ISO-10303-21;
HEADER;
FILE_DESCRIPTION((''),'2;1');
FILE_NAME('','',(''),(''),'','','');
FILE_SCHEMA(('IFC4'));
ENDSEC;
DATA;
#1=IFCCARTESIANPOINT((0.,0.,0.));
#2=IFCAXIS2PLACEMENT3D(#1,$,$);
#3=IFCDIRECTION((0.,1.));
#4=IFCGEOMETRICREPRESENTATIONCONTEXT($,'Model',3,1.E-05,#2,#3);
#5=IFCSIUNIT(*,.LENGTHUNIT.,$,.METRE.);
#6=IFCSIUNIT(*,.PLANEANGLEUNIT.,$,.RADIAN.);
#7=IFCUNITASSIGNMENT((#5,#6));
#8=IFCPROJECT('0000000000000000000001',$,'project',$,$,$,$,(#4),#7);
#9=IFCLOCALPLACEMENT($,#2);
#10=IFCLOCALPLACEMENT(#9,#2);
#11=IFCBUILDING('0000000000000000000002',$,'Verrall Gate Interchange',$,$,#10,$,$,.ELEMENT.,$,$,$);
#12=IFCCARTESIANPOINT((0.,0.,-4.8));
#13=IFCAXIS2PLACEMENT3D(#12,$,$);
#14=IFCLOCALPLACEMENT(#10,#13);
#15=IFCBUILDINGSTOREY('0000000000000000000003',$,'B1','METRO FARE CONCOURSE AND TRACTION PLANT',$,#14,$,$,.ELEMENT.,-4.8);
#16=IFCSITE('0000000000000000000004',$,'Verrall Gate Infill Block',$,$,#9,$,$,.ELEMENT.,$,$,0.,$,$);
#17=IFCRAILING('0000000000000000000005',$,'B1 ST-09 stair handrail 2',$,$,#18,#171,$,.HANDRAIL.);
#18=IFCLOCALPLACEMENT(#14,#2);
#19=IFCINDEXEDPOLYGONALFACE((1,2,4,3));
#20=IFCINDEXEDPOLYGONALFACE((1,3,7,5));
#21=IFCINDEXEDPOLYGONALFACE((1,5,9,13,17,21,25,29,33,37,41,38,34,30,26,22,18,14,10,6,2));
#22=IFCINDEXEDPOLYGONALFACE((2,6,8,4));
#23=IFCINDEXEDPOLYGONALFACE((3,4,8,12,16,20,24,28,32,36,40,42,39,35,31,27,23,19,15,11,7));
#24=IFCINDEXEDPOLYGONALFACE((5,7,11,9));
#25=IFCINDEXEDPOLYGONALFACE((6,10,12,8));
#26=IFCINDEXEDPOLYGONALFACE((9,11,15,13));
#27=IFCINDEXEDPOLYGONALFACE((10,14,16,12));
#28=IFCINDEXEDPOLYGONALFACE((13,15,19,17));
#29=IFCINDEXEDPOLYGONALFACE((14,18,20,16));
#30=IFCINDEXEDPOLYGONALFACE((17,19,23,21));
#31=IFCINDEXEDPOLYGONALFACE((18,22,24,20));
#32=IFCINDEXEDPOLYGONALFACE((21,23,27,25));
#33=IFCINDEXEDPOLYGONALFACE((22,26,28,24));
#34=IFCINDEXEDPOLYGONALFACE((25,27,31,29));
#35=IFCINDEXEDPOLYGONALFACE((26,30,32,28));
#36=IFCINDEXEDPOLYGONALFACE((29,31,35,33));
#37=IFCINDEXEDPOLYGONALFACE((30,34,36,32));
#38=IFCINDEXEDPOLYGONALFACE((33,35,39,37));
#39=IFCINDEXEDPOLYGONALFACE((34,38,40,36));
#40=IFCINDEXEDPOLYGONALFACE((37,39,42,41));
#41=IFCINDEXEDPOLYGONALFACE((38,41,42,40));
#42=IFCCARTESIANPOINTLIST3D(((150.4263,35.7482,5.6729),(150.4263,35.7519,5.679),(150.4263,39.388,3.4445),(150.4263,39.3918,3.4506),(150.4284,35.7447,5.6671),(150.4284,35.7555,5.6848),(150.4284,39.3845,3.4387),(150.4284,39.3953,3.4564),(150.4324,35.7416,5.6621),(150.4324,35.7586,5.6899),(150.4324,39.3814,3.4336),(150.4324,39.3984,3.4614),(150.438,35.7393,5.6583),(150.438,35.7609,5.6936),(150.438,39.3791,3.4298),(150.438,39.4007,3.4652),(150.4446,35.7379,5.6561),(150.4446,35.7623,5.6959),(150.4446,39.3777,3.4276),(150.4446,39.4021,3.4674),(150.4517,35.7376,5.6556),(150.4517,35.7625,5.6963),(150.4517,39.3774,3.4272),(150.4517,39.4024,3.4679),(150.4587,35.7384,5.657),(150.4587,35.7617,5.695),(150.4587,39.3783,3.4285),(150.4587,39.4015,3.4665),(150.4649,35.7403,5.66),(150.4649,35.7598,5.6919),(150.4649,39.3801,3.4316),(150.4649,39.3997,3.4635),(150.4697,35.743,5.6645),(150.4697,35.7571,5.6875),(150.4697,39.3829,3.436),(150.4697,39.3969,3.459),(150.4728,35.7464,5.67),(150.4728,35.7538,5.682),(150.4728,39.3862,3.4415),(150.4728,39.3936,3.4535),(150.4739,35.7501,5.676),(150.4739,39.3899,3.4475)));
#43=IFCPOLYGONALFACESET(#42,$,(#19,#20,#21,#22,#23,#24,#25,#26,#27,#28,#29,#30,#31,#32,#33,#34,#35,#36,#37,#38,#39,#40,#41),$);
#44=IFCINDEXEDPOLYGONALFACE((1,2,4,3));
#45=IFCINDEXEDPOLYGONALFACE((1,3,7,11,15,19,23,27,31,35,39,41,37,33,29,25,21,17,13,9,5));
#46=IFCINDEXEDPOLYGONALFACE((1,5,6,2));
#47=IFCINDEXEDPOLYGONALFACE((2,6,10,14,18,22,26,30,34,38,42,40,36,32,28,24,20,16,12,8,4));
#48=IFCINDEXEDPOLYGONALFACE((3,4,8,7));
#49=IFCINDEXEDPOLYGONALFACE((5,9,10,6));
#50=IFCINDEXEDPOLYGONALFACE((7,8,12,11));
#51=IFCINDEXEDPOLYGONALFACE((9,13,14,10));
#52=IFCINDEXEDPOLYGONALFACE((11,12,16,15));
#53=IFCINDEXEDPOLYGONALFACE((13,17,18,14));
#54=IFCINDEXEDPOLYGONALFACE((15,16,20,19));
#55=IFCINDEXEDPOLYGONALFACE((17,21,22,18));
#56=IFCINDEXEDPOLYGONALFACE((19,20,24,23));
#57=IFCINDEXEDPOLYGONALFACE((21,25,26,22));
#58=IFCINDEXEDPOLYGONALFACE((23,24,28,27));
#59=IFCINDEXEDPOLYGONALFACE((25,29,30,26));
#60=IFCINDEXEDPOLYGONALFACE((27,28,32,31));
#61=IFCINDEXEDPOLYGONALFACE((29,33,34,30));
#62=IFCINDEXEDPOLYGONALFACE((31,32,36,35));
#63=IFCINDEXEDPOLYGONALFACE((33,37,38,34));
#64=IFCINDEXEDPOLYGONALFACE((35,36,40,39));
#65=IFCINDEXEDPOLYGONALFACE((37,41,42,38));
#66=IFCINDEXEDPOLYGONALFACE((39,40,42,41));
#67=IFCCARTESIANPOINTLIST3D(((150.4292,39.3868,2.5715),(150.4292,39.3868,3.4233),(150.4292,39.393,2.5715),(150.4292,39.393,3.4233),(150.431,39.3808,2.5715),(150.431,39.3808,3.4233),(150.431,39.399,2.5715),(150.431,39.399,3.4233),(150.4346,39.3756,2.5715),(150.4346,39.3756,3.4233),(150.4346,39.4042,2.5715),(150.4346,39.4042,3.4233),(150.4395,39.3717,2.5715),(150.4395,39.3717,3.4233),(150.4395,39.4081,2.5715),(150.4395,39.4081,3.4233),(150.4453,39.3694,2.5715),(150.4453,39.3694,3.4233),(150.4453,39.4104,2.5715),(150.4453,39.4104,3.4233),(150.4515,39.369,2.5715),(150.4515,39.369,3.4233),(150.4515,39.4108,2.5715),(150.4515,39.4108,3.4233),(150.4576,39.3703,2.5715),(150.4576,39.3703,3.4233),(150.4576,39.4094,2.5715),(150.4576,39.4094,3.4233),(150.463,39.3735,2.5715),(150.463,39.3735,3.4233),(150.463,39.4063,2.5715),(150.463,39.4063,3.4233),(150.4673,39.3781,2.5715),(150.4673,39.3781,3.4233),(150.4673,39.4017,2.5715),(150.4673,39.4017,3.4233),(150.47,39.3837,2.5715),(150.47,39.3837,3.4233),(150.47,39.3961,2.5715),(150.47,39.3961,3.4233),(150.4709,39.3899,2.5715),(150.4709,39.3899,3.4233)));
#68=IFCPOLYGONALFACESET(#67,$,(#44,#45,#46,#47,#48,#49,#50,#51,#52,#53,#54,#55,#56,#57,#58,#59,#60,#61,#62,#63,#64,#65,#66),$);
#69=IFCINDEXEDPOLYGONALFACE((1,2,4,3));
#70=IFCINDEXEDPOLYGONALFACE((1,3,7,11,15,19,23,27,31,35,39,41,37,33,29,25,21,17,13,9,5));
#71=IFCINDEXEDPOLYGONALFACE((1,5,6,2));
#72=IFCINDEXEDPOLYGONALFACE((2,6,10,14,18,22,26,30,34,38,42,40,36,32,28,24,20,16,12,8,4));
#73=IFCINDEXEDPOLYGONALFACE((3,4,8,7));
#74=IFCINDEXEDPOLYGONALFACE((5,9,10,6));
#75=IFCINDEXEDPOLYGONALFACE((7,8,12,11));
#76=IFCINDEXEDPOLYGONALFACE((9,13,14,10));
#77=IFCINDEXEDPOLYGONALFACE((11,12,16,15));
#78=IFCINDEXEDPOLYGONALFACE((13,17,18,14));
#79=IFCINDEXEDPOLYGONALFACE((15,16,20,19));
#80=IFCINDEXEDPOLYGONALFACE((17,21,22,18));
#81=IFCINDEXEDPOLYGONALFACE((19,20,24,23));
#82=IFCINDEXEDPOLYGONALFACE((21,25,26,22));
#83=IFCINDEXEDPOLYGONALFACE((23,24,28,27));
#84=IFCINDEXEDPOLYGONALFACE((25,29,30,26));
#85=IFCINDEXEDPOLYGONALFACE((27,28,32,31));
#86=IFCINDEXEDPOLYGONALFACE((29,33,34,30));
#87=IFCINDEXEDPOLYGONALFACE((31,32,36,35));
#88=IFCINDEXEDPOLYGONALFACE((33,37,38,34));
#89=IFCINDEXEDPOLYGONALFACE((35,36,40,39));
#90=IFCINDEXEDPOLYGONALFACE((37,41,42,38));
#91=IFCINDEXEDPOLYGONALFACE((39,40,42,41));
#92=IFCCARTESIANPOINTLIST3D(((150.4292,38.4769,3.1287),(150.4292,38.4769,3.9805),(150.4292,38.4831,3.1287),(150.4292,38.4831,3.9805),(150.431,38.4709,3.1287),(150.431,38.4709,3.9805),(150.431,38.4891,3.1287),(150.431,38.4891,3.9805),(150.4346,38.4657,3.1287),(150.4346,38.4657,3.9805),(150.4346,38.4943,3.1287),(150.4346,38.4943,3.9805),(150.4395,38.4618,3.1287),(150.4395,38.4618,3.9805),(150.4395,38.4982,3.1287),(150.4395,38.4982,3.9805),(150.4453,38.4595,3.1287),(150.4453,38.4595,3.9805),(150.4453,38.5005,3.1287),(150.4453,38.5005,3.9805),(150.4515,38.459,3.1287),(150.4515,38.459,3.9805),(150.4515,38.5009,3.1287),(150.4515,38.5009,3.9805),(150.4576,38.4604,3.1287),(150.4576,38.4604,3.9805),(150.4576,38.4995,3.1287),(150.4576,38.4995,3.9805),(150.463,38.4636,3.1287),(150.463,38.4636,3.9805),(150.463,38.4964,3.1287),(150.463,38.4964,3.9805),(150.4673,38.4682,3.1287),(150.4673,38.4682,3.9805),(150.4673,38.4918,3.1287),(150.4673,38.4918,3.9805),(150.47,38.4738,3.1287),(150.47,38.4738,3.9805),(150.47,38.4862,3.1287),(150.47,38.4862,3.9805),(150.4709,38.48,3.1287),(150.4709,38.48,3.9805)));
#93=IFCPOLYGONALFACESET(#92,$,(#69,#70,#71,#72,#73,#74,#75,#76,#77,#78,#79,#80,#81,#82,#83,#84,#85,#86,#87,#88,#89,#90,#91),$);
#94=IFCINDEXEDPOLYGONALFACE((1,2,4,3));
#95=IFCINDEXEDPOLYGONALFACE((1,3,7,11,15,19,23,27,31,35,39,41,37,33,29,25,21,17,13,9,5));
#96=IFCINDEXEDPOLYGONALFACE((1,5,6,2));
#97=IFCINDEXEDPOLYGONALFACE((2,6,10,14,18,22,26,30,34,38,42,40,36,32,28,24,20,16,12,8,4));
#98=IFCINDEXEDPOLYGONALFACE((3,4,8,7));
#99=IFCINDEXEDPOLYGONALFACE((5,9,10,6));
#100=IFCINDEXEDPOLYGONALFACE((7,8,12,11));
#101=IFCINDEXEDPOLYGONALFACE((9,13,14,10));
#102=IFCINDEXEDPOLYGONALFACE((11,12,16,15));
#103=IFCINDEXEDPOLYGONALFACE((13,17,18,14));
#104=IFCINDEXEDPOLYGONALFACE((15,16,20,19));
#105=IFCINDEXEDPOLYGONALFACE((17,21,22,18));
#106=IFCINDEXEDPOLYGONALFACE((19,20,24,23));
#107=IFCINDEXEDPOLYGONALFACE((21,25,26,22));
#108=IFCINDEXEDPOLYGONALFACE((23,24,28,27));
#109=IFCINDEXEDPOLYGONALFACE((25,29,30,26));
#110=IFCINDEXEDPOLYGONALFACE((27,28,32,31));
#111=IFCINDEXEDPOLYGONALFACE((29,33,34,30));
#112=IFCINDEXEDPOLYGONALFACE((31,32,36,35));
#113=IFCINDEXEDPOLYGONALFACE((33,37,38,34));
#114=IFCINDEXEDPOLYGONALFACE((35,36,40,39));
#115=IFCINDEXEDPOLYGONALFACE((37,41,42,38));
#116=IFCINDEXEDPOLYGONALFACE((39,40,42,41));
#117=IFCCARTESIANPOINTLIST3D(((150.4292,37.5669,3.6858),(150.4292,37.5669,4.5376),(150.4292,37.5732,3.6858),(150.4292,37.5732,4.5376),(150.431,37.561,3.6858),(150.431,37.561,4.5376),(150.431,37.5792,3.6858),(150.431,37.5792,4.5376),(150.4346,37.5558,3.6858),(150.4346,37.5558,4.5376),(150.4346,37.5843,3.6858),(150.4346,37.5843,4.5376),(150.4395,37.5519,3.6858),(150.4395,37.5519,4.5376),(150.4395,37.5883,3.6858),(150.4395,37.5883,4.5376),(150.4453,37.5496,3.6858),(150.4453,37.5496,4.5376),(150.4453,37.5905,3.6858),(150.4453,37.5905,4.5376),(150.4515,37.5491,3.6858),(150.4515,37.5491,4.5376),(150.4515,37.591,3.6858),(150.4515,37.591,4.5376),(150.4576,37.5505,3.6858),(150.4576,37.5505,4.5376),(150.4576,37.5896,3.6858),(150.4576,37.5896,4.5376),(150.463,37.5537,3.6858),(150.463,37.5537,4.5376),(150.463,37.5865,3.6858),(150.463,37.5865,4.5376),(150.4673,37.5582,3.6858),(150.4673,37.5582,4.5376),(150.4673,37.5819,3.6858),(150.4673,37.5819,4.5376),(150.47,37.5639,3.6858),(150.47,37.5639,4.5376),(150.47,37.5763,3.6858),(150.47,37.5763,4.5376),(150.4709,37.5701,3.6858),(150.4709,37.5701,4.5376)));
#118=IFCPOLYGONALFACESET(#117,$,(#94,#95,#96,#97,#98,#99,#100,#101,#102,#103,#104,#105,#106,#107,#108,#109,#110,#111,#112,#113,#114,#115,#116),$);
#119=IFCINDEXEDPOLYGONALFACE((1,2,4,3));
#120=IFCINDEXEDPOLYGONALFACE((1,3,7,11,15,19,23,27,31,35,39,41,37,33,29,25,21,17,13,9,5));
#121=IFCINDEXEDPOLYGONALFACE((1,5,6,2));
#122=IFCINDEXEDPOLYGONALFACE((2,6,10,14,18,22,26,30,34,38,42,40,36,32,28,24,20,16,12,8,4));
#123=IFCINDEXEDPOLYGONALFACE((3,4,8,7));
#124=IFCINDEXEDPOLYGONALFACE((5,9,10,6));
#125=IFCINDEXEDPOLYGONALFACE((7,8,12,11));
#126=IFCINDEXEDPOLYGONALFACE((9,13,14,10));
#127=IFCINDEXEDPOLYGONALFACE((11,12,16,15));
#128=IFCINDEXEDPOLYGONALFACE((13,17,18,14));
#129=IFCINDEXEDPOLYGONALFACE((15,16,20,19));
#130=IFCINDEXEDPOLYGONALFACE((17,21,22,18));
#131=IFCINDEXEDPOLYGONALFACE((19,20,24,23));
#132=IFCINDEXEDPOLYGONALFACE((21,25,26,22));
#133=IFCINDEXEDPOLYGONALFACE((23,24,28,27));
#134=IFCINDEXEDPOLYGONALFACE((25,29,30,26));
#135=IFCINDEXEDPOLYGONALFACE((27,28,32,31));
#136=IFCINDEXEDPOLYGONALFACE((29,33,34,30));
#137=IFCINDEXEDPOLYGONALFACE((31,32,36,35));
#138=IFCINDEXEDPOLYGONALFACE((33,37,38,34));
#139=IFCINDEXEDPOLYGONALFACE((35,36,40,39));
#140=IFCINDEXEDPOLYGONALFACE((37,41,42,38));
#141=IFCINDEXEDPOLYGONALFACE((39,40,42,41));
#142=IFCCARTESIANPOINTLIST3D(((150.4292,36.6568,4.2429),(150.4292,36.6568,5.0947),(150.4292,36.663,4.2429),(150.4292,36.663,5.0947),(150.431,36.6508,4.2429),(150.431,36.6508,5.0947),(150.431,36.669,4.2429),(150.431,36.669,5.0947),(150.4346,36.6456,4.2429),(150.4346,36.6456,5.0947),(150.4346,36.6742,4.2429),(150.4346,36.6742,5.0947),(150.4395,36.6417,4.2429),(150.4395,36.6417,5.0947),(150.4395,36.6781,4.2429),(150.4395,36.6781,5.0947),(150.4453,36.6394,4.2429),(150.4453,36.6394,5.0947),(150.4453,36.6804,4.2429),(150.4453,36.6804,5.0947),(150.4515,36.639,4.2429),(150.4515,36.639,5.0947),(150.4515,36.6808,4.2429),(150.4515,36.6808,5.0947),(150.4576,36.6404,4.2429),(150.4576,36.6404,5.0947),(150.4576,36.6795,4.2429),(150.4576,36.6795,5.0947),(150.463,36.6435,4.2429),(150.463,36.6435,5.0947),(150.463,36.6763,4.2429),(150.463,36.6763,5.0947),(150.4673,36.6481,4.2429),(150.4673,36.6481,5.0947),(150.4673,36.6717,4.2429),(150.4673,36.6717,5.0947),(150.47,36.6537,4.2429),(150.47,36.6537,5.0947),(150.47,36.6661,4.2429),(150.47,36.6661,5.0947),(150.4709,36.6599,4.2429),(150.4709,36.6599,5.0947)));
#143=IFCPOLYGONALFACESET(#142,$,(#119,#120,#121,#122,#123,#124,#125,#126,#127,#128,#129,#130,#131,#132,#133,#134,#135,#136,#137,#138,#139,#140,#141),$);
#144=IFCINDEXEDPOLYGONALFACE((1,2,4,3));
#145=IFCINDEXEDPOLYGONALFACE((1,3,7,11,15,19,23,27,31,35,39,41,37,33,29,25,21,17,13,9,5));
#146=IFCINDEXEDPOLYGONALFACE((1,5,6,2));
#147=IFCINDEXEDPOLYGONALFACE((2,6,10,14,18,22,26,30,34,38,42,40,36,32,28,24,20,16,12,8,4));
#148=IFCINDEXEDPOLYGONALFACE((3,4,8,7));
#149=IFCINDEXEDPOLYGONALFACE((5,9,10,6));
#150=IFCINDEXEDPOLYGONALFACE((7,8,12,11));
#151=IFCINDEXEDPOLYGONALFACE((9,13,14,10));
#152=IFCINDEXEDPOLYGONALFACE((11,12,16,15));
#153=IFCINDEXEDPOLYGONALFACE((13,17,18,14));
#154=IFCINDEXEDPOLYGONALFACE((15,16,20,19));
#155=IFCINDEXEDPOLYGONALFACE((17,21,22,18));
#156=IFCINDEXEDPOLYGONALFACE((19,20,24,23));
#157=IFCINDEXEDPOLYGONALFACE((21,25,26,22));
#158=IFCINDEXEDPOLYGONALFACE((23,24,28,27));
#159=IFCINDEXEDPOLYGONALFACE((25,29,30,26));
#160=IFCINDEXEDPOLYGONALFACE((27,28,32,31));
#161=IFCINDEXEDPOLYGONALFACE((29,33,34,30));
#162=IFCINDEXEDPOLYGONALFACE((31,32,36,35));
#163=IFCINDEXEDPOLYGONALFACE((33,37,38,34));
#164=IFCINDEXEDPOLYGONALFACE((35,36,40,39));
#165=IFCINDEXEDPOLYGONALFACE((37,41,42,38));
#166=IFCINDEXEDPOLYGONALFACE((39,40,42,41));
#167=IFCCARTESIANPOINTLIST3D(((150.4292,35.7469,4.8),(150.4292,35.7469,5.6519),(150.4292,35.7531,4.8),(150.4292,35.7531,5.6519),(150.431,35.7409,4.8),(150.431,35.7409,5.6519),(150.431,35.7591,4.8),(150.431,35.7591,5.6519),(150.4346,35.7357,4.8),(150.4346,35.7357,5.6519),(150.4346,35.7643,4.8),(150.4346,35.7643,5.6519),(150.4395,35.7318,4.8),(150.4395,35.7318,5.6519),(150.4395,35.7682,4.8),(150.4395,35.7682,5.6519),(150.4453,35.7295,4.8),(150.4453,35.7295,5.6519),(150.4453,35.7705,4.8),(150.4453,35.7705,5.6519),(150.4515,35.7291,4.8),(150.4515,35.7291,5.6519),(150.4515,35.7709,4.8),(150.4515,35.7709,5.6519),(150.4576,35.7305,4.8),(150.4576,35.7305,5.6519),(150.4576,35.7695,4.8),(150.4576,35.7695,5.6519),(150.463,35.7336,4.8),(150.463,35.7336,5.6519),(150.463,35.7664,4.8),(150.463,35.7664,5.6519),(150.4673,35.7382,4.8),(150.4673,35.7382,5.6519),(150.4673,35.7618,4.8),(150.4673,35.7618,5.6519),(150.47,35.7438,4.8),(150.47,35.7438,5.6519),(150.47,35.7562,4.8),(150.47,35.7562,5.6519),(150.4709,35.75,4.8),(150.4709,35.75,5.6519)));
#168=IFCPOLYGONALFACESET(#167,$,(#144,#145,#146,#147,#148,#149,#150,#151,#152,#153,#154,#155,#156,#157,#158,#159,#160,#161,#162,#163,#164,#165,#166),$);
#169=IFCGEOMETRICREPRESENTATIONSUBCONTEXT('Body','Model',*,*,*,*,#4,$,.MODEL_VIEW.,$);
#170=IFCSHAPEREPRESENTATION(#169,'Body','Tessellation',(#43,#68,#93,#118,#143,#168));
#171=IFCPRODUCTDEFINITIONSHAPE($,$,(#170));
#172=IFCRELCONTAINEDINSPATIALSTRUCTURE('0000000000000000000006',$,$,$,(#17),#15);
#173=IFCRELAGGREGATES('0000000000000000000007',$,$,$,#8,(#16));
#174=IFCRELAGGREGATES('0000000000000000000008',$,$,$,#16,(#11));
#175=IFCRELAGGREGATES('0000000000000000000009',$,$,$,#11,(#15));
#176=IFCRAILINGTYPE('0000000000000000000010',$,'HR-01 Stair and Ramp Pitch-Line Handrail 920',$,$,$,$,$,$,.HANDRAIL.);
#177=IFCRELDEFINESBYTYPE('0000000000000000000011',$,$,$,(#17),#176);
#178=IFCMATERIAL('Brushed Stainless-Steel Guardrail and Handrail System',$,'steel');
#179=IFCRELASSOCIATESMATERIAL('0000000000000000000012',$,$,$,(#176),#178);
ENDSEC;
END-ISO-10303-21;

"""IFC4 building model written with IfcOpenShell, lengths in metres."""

from ifc_helpers import new_model, si_unit, direction, frame, origin, origin_2d, place, context, subcontext, project, spatial, circle, extrude, material, type_object, element, save


model = new_model("IFC4")

# Units and contexts
model_context = context("Model", 3, precision=1e-05, world=origin(), true_north=direction((0.0, 1.0)))
body_context = subcontext(model_context, "Body", "Model", "MODEL_VIEW")
ifc_project = project(units=[si_unit("LENGTHUNIT", "METRE"), si_unit("PLANEANGLEUNIT", "RADIAN")], contexts=[model_context])

# Site, building, storey
site_placement = place(None, origin())
site = spatial("IfcSite", under=ifc_project, at=site_placement, Name="Verrall Gate Infill Block", CompositionType="ELEMENT", RefElevation=0.0)
building_placement = place(site_placement, origin())
building = spatial("IfcBuilding", under=site, at=building_placement, Name="Verrall Gate Interchange", CompositionType="ELEMENT")
storey_placement = place(building_placement, frame((0.0, 0.0, -4.8)))
storey = spatial("IfcBuildingStorey", under=building, at=storey_placement, Name="B1", Description="METRO FARE CONCOURSE AND TRACTION PLANT", CompositionType="ELEMENT", Elevation=-4.8)

# Railing
ifc_material_1 = material(Name="Brushed Stainless-Steel Guardrail and Handrail System", Category="steel")
railing_type_1 = type_object("IfcRailingType", Name="HR-01 Stair and Ramp Pitch-Line Handrail 920", PredefinedType="HANDRAIL", material=ifc_material_1)
railing_1_placement = place(storey_placement, frame((150.45, 39.3899, 2.5715)))
element("IfcRailing", 1, at=railing_1_placement, inside=storey, type_object=railing_type_1, Name="B1 ST-09 stair handrail 2", PredefinedType="HANDRAIL", context=body_context, shape_type="SweptSolid", body=[
    extrude(circle(Radius=0.0239, at=origin_2d()), frame((0.0, 0.0, 0.876), z_axis=(0.0, -0.85285, 0.522156), x_axis=(1.0, 0.0, 0.0)), (0.0, 0.0, 1.0), 4.2678),
    extrude(circle(Radius=0.021, at=origin_2d()), origin(), (0.0, 0.0, 1.0), 0.8518),
    extrude(circle(Radius=0.021, at=origin_2d()), frame((0.0, -0.9099, 0.5571)), (0.0, 0.0, 1.0), 0.8518),
    extrude(circle(Radius=0.021, at=origin_2d()), frame((0.0, -1.8198, 1.1143)), (0.0, 0.0, 1.0), 0.8518),
    extrude(circle(Radius=0.021, at=origin_2d()), frame((0.0, -2.73, 1.6714)), (0.0, 0.0, 1.0), 0.8518),
    extrude(circle(Radius=0.021, at=origin_2d()), frame((0.0, -3.6399, 2.2285)), (0.0, 0.0, 1.0), 0.8518),
])

save(model, "model.ifc")
